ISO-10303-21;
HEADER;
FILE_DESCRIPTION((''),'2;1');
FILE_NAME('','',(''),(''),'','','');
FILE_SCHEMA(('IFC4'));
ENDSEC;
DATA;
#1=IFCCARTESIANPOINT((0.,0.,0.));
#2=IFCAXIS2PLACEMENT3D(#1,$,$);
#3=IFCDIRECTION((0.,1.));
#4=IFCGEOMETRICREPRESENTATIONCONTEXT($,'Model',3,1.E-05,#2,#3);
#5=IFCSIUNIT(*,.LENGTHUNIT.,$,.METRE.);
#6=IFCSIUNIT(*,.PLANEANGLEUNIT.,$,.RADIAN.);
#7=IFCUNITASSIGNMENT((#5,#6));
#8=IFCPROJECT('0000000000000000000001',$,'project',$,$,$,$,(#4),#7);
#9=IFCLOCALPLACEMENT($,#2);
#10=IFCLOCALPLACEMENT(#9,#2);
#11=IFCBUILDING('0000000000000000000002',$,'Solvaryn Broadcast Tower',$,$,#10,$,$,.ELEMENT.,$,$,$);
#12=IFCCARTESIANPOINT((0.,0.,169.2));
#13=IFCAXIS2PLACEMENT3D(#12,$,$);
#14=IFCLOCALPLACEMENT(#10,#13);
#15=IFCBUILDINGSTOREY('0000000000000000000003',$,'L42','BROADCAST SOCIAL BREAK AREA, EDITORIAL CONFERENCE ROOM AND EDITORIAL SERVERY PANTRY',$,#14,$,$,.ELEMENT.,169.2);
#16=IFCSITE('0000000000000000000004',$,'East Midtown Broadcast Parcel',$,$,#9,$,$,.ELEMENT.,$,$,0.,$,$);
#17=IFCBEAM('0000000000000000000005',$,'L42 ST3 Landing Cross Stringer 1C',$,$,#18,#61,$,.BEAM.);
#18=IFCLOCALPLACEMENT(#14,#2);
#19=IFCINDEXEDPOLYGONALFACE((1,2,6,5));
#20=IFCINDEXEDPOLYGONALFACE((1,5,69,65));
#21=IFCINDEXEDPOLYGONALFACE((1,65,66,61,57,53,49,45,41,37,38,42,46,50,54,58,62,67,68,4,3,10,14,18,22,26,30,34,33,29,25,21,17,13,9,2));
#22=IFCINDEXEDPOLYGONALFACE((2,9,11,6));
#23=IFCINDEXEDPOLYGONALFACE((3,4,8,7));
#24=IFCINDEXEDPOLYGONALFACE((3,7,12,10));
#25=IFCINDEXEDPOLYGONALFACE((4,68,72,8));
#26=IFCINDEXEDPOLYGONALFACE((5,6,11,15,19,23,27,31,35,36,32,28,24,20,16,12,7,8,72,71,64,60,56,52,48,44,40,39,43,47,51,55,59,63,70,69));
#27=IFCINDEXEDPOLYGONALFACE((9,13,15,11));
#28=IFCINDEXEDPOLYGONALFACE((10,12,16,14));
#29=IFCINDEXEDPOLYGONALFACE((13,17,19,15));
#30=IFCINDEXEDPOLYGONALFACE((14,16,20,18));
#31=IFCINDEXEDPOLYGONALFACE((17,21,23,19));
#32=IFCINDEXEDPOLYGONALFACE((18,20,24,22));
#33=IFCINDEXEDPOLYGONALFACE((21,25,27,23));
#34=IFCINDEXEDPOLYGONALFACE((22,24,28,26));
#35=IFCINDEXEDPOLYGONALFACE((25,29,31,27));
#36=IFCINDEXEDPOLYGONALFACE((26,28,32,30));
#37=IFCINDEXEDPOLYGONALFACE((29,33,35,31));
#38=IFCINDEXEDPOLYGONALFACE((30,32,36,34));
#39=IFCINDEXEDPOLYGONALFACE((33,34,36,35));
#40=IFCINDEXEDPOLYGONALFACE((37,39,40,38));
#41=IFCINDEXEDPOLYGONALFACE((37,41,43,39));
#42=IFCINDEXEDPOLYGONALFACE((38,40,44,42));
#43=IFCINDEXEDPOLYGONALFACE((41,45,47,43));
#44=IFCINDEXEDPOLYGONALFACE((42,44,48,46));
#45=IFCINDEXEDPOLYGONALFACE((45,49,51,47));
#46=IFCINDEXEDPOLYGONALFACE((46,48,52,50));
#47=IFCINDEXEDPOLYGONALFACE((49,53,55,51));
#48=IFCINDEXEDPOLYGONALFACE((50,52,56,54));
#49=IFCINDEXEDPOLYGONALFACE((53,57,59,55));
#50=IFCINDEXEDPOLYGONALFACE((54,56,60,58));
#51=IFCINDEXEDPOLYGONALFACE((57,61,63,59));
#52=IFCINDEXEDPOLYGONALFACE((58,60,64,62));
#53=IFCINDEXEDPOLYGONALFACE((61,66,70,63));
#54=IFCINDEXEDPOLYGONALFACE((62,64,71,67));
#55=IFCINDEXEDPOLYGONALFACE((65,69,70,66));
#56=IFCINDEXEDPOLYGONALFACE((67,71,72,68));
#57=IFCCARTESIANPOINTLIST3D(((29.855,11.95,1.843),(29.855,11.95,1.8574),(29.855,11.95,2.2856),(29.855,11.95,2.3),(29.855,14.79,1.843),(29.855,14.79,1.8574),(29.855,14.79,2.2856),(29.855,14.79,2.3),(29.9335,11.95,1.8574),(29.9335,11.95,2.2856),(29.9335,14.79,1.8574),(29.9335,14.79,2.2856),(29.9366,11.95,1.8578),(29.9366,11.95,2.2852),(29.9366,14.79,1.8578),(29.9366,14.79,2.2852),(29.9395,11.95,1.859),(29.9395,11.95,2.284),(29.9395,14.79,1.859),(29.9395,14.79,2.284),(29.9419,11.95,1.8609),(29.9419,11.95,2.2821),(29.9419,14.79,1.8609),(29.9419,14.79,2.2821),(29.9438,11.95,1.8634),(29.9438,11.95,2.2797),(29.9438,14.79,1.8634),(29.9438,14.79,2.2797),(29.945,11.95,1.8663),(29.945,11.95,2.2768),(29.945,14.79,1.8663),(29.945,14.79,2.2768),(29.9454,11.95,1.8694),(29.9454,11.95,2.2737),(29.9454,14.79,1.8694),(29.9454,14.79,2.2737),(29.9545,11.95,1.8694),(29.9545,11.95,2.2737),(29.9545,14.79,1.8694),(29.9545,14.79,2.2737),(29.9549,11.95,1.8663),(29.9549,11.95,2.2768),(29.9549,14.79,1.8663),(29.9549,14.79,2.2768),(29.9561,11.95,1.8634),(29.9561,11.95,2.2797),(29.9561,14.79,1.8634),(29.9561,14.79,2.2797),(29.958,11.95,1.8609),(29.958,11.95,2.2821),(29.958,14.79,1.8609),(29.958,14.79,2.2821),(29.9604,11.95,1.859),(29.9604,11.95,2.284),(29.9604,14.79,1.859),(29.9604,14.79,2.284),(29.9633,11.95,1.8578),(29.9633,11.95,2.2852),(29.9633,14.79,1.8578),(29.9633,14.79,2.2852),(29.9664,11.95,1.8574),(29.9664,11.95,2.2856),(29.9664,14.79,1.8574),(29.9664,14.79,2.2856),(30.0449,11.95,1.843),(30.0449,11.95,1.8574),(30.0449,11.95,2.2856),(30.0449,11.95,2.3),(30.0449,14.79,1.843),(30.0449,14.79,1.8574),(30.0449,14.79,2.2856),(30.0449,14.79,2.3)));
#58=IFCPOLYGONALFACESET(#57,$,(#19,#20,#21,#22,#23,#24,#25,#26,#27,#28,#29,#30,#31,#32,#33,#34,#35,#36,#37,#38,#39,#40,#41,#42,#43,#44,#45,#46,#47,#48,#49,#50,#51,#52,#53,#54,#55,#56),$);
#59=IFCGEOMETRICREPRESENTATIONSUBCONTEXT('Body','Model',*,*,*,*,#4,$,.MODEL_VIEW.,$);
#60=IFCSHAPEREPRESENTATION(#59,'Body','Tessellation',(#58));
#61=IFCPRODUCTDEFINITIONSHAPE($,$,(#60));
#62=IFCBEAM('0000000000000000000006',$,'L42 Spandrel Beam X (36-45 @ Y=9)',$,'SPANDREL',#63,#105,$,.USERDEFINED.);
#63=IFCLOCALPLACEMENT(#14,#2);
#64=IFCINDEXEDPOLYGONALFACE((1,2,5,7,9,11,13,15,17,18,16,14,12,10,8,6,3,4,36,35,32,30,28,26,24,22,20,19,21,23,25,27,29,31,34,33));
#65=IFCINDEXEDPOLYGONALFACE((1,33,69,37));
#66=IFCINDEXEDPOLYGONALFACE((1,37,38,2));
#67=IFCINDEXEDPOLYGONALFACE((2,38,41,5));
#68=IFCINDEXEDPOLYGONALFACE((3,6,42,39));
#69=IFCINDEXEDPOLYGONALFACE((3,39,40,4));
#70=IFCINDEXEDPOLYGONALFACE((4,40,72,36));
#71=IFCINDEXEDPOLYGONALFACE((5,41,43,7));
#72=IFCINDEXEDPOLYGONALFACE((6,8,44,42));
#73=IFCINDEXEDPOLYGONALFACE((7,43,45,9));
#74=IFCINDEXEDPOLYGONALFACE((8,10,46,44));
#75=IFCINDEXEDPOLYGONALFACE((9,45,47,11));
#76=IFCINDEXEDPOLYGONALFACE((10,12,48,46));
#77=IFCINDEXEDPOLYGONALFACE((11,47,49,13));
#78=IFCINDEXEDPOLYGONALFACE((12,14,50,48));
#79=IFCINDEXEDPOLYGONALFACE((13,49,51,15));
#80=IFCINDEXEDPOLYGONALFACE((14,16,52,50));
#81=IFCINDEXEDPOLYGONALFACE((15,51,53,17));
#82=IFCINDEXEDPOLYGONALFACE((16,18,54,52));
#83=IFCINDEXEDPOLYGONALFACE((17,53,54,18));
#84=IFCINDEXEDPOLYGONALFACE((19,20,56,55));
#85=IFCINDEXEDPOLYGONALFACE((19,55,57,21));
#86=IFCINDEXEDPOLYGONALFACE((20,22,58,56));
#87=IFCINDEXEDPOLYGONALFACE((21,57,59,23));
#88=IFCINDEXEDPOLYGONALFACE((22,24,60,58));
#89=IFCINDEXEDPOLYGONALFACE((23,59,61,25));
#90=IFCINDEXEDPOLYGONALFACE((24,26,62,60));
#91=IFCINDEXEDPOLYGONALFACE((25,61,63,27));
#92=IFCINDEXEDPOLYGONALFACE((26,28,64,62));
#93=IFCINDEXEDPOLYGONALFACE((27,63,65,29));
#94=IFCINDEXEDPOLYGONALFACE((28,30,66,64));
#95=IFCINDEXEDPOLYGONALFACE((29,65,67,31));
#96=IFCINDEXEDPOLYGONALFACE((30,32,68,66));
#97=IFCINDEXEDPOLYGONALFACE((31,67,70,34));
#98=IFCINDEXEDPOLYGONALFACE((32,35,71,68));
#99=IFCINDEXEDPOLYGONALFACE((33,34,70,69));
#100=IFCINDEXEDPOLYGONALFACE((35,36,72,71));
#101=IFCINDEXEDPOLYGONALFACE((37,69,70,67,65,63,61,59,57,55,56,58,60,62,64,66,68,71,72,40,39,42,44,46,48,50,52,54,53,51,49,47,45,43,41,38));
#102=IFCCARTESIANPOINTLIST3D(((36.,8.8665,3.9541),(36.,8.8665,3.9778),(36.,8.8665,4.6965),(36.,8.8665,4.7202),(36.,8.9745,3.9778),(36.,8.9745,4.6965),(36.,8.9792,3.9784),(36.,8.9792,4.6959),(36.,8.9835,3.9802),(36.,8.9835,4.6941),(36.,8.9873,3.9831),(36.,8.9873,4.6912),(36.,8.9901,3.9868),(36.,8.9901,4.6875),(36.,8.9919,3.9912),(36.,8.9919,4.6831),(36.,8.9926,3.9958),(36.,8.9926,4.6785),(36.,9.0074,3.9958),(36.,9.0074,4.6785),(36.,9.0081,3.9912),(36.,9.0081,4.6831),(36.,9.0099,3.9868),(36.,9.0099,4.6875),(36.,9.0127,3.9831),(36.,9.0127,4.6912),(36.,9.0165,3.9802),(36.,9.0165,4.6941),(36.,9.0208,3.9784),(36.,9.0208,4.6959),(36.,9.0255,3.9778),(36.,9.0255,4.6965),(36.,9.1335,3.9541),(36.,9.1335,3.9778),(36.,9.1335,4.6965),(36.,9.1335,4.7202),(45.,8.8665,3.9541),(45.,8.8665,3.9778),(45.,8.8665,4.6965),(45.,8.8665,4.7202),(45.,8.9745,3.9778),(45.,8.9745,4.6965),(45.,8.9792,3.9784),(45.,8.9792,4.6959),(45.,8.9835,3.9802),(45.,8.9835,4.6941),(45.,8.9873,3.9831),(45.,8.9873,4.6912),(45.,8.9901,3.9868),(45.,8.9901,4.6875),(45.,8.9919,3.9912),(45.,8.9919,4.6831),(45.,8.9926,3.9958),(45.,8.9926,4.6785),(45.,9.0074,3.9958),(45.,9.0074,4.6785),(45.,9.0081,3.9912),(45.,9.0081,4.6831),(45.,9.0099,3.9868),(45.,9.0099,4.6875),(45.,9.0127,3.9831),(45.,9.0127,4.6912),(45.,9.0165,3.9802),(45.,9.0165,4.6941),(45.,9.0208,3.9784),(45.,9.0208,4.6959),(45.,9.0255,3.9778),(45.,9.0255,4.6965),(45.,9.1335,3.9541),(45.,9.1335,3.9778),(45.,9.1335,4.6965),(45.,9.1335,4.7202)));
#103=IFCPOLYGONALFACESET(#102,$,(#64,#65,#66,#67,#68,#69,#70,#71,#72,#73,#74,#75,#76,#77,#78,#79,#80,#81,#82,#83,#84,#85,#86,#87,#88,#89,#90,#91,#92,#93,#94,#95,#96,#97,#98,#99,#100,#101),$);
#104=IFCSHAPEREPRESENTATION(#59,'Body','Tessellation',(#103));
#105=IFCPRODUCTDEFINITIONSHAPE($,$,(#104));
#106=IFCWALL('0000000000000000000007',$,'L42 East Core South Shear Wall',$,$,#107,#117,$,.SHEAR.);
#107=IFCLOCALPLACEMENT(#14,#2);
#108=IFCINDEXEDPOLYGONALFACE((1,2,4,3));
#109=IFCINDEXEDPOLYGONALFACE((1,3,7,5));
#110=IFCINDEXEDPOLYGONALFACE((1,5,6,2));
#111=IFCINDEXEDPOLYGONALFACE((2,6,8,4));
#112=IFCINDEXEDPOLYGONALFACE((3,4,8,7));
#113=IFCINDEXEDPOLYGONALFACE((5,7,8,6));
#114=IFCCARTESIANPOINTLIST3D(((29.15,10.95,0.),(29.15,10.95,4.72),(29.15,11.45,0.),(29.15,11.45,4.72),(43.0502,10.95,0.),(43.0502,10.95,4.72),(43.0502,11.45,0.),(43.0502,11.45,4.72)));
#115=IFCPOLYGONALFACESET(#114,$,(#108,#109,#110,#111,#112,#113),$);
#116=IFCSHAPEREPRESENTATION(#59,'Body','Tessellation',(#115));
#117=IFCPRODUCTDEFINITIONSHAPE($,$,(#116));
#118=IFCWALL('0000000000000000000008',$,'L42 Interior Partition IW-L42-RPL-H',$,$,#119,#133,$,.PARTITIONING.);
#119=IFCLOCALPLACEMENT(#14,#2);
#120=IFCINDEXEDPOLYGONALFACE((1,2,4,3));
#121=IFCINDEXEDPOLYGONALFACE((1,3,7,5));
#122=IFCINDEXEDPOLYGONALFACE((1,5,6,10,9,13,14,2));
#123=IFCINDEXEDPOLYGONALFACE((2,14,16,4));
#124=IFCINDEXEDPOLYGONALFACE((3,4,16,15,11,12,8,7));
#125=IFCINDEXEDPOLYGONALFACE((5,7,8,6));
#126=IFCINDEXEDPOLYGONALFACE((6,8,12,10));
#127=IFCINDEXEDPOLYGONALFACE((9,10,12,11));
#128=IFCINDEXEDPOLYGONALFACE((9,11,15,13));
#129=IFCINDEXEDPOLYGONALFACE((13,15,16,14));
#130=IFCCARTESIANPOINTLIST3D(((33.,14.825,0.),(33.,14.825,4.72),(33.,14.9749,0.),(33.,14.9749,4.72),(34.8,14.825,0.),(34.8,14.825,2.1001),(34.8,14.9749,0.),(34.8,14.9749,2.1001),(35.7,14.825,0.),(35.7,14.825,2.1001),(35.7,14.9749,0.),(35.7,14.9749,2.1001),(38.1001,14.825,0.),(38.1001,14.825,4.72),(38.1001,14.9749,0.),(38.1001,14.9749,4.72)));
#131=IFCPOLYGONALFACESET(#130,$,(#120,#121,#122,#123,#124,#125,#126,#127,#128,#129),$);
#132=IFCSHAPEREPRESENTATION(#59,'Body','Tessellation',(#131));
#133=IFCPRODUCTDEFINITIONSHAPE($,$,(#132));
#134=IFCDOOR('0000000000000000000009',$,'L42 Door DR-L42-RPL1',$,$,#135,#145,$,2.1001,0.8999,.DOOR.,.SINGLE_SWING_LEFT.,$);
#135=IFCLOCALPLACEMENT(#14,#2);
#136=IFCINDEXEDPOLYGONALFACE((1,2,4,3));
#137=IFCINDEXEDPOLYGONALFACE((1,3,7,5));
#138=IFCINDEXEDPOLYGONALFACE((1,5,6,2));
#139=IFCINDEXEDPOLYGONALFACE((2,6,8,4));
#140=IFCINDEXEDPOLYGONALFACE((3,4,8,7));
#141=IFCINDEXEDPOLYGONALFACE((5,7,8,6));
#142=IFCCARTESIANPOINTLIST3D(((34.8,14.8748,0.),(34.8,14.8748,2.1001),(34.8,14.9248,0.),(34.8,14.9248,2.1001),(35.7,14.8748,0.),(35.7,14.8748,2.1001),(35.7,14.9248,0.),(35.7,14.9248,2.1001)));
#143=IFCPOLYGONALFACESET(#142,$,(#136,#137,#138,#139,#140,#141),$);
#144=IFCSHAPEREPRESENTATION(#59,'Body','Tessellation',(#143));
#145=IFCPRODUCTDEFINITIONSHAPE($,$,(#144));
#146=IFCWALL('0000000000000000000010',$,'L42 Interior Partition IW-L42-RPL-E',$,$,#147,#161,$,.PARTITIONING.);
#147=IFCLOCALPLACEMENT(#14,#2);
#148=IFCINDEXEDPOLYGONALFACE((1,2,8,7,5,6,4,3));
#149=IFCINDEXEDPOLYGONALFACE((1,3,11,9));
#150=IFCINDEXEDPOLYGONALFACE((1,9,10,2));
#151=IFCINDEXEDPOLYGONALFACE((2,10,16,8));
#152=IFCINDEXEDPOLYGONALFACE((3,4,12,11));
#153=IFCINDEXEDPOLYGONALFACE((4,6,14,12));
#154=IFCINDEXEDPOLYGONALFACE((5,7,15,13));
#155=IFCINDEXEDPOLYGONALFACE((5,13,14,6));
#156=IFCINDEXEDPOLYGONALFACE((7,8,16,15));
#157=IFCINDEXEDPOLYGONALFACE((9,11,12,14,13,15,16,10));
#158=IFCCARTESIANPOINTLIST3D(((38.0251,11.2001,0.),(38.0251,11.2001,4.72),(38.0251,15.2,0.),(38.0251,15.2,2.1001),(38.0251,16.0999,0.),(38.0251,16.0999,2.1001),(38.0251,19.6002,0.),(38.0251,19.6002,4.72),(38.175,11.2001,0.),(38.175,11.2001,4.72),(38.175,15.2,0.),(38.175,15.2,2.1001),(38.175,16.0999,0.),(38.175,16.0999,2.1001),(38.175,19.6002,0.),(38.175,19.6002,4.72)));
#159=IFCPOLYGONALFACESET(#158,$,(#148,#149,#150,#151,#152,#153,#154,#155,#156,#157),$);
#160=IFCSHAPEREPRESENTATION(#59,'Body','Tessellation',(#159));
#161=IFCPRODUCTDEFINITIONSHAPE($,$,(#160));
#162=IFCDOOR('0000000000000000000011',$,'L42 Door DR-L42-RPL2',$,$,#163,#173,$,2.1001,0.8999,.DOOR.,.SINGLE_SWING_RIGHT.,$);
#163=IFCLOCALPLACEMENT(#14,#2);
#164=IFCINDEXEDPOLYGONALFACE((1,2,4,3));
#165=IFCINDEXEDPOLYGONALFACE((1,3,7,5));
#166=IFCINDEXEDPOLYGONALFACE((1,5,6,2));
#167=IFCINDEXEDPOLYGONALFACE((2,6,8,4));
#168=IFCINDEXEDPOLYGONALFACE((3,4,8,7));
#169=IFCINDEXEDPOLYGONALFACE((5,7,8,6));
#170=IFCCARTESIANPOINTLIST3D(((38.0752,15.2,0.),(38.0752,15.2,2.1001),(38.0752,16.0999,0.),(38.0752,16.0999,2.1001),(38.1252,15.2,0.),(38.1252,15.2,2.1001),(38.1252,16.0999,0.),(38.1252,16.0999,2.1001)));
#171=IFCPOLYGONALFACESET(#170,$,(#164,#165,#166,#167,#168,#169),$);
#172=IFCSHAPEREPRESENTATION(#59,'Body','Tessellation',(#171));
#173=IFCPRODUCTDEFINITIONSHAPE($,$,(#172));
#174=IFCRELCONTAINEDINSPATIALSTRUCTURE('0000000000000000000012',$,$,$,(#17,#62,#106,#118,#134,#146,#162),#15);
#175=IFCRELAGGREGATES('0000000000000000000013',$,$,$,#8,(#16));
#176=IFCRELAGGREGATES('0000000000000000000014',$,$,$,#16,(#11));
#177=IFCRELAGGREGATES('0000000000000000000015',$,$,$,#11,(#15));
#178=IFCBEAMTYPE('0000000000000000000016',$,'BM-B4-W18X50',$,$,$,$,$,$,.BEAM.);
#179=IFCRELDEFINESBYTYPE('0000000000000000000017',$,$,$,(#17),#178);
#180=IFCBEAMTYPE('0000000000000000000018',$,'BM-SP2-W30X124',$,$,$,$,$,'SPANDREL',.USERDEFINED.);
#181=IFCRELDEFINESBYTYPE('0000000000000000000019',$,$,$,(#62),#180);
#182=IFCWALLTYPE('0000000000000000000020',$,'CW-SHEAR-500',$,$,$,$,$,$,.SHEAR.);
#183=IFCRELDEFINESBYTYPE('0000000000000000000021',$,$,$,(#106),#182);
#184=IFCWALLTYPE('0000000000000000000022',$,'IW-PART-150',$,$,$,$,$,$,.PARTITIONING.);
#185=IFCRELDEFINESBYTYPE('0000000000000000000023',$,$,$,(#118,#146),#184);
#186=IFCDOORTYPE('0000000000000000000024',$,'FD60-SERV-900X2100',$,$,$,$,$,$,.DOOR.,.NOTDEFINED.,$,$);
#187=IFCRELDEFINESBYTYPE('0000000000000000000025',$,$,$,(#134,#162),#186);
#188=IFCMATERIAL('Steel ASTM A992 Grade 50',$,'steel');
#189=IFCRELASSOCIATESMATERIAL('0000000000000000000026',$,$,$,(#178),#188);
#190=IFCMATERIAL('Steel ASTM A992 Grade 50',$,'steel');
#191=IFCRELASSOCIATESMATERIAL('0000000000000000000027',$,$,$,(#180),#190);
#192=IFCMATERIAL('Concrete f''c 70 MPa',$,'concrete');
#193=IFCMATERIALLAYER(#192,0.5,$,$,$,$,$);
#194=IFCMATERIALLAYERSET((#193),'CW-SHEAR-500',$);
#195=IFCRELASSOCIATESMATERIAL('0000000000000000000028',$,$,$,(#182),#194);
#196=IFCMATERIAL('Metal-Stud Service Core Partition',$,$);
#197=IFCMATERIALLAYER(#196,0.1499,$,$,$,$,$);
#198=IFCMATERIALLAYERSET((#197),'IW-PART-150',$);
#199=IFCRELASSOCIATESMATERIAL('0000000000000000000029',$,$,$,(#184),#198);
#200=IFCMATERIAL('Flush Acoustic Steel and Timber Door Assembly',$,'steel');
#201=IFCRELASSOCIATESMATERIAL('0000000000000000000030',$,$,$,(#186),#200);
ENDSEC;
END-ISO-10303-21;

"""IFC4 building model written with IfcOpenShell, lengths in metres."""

from ifc_helpers import new_model, si_unit, direction, frame, frame_2d, origin, origin_2d, place, context, subcontext, project, spatial, rectangle, i_section, extrude, material, layer, layer_set, material_profile, profile_set, type_object, element, fill, save


model = new_model("IFC4")

# Units and contexts
model_context = context("Model", 3, precision=1e-05, world=origin(), true_north=direction((0.0, 1.0)))
body_context = subcontext(model_context, "Body", "Model", "MODEL_VIEW")
ifc_project = project(units=[si_unit("LENGTHUNIT", "METRE"), si_unit("PLANEANGLEUNIT", "RADIAN")], contexts=[model_context])

# Site, building, storey
site_placement = place(None, origin())
site = spatial("IfcSite", under=ifc_project, at=site_placement, Name="East Midtown Broadcast Parcel", CompositionType="ELEMENT", RefElevation=0.0)
building_placement = place(site_placement, origin())
building = spatial("IfcBuilding", under=site, at=building_placement, Name="Solvaryn Broadcast Tower", CompositionType="ELEMENT")
storey_placement = place(building_placement, frame((0.0, 0.0, 169.2)))
storey = spatial("IfcBuildingStorey", under=building, at=storey_placement, Name="L42", Description="BROADCAST SOCIAL BREAK AREA, EDITORIAL CONFERENCE ROOM AND EDITORIAL SERVERY PANTRY", CompositionType="ELEMENT", Elevation=169.2)

# Beams
ifc_material_1 = material(Name="Steel ASTM A992 Grade 50", Category="steel")
ifc_material_profile_1 = material_profile(ifc_material_1, i_section(OverallWidth=0.1899, OverallDepth=0.457, WebThickness=0.009, FlangeThickness=0.0144, FilletRadius=0.012, at=origin_2d()))
ifc_profile_set_1 = profile_set([ifc_material_profile_1], Name="Steel ASTM A992 Grade 50")
beam_type_1 = type_object("IfcBeamType", Name="BM-B4-W18X50", PredefinedType="BEAM", material=ifc_profile_set_1)
beam_1_placement = place(storey_placement, frame((29.95, 11.95, 2.0715), z_axis=(0.0, 1.0, 0.0), x_axis=(-1.0, 0.0, 0.0)))
element("IfcBeam", 1, at=beam_1_placement, inside=storey, type_object=beam_type_1, Name="L42 ST3 Landing Cross Stringer 1C", PredefinedType="BEAM", context=body_context, shape_type="SweptSolid", body=[
    extrude(i_section(OverallWidth=0.1899, OverallDepth=0.457, WebThickness=0.009, FlangeThickness=0.0144, FilletRadius=0.012, at=origin_2d()), origin(), (0.0, 0.0, 1.0), 2.8401),
])
ifc_material_2 = material(Name="Steel ASTM A992 Grade 50", Category="steel")
ifc_material_profile_2 = material_profile(ifc_material_2, i_section(OverallWidth=0.2671, OverallDepth=0.7661, WebThickness=0.0149, FlangeThickness=0.0237, FilletRadius=0.0181, at=origin_2d()))
ifc_profile_set_2 = profile_set([ifc_material_profile_2], Name="Steel ASTM A992 Grade 50")
beam_type_2 = type_object("IfcBeamType", Name="BM-SP2-W30X124", ElementType="SPANDREL", PredefinedType="USERDEFINED", material=ifc_profile_set_2)
beam_2_placement = place(storey_placement, frame((36.0, 9.0, 4.3372), z_axis=(1.0, 0.0, 0.0), x_axis=(0.0, 1.0, 0.0)))
element("IfcBeam", 2, at=beam_2_placement, inside=storey, type_object=beam_type_2, Name="L42 Spandrel Beam X (36-45 @ Y=9)", ObjectType="SPANDREL", PredefinedType="USERDEFINED", context=body_context, shape_type="SweptSolid", body=[
    extrude(i_section(OverallWidth=0.2671, OverallDepth=0.7661, WebThickness=0.0149, FlangeThickness=0.0237, FilletRadius=0.0181, at=origin_2d()), origin(), (0.0, 0.0, 1.0), 9.0),
])

# Wall
ifc_material_3 = material(Name="Concrete f'c 70 MPa", Category="concrete")
ifc_layer_1 = layer(ifc_material_3, 0.5)
ifc_layer_set_1 = layer_set([ifc_layer_1], Name="CW-SHEAR-500")
wall_type_1 = type_object("IfcWallType", Name="CW-SHEAR-500", PredefinedType="SHEAR", material=ifc_layer_set_1)
wall_1_placement = place(storey_placement, frame((29.1499, 11.2, 0.0), z_axis=(0.0, 0.0, 1.0), x_axis=(1.0, 0.0, 0.0)))
element("IfcWall", 3, at=wall_1_placement, inside=storey, type_object=wall_type_1, Name="L42 East Core South Shear Wall", PredefinedType="SHEAR", context=body_context, shape_type="SweptSolid", body=[
    extrude(rectangle(XDim=13.9001, YDim=0.5, at=frame_2d((6.9502, 0.0))), origin(), (0.0, 0.0, 1.0), 4.72),
])

# Walls, openings, doors
ifc_material_4 = material(Name="Metal-Stud Service Core Partition")
ifc_layer_2 = layer(ifc_material_4, 0.1499)
ifc_layer_set_2 = layer_set([ifc_layer_2], Name="IW-PART-150")
wall_type_2 = type_object("IfcWallType", Name="IW-PART-150", PredefinedType="PARTITIONING", material=ifc_layer_set_2)
wall_2_placement = place(storey_placement, frame((33.0, 14.8999, 0.0), z_axis=(0.0, 0.0, 1.0), x_axis=(1.0, 0.0, 0.0)))
wall_2 = element("IfcWall", 4, at=wall_2_placement, inside=storey, type_object=wall_type_2, Name="L42 Interior Partition IW-L42-RPL-H", PredefinedType="PARTITIONING", context=body_context, shape_type="SweptSolid", body=[
    extrude(rectangle(XDim=5.1001, YDim=0.1499, at=frame_2d((2.55, 0.0))), origin(), (0.0, 0.0, 1.0), 4.72),
])
opening_1_placement = place(wall_2_placement, frame((1.8, 0.0, 0.0)))
opening_1 = element("IfcOpeningElement", 5, at=opening_1_placement, cuts=wall_2, PredefinedType="OPENING", context=body_context, shape_type="SweptSolid", body=[
    extrude(rectangle(XDim=0.8999, YDim=2.1001, at=frame_2d((0.45, 1.05))), frame((0.0, 0.085, 0.0), z_axis=(0.0, -1.0, 0.0), x_axis=(1.0, 0.0, 0.0)), (0.0, 0.0, 1.0), 0.1699),
])
ifc_material_5 = material(Name="Flush Acoustic Steel and Timber Door Assembly", Category="steel")
door_type_1 = type_object("IfcDoorType", Name="FD60-SERV-900X2100", OperationType="NOTDEFINED", PredefinedType="DOOR", material=ifc_material_5)
door_1_placement = place(opening_1_placement, origin())
door_1 = element("IfcDoor", 6, at=door_1_placement, inside=storey, type_object=door_type_1, Name="L42 Door DR-L42-RPL1", OperationType="SINGLE_SWING_LEFT", OverallHeight=2.1001, OverallWidth=0.8999, PredefinedType="DOOR", context=body_context, shape_type="SweptSolid", body=[
    extrude(rectangle(XDim=0.8999, YDim=2.1001, at=frame_2d((0.45, 1.05))), frame((0.0, 0.0249, 0.0), z_axis=(0.0, -1.0, 0.0), x_axis=(1.0, 0.0, 0.0)), (0.0, 0.0, 1.0), 0.05),
])
fill(opening_1, door_1)
wall_3_placement = place(storey_placement, frame((38.1001, 11.2, 0.0), z_axis=(0.0, 0.0, 1.0), x_axis=(0.0, 1.0, 0.0)))
wall_3 = element("IfcWall", 7, at=wall_3_placement, inside=storey, type_object=wall_type_2, Name="L42 Interior Partition IW-L42-RPL-E", PredefinedType="PARTITIONING", context=body_context, shape_type="SweptSolid", body=[
    extrude(rectangle(XDim=8.4001, YDim=0.1499, at=frame_2d((4.2002, 0.0))), origin(), (0.0, 0.0, 1.0), 4.72),
])
opening_2_placement = place(wall_3_placement, frame((4.0, 0.0, 0.0)))
opening_2 = element("IfcOpeningElement", 8, at=opening_2_placement, cuts=wall_3, PredefinedType="OPENING", context=body_context, shape_type="SweptSolid", body=[
    extrude(rectangle(XDim=0.8999, YDim=2.1001, at=frame_2d((0.45, 1.05))), frame((0.0, 0.085, 0.0), z_axis=(0.0, -1.0, 0.0), x_axis=(1.0, 0.0, 0.0)), (0.0, 0.0, 1.0), 0.1699),
])
door_2_placement = place(opening_2_placement, origin())
door_2 = element("IfcDoor", 9, at=door_2_placement, inside=storey, type_object=door_type_1, Name="L42 Door DR-L42-RPL2", OperationType="SINGLE_SWING_RIGHT", OverallHeight=2.1001, OverallWidth=0.8999, PredefinedType="DOOR", context=body_context, shape_type="SweptSolid", body=[
    extrude(rectangle(XDim=0.8999, YDim=2.1001, at=frame_2d((0.45, 1.05))), frame((0.0, 0.0249, 0.0), z_axis=(0.0, -1.0, 0.0), x_axis=(1.0, 0.0, 0.0)), (0.0, 0.0, 1.0), 0.05),
])
fill(opening_2, door_2)

save(model, "model.ifc")
